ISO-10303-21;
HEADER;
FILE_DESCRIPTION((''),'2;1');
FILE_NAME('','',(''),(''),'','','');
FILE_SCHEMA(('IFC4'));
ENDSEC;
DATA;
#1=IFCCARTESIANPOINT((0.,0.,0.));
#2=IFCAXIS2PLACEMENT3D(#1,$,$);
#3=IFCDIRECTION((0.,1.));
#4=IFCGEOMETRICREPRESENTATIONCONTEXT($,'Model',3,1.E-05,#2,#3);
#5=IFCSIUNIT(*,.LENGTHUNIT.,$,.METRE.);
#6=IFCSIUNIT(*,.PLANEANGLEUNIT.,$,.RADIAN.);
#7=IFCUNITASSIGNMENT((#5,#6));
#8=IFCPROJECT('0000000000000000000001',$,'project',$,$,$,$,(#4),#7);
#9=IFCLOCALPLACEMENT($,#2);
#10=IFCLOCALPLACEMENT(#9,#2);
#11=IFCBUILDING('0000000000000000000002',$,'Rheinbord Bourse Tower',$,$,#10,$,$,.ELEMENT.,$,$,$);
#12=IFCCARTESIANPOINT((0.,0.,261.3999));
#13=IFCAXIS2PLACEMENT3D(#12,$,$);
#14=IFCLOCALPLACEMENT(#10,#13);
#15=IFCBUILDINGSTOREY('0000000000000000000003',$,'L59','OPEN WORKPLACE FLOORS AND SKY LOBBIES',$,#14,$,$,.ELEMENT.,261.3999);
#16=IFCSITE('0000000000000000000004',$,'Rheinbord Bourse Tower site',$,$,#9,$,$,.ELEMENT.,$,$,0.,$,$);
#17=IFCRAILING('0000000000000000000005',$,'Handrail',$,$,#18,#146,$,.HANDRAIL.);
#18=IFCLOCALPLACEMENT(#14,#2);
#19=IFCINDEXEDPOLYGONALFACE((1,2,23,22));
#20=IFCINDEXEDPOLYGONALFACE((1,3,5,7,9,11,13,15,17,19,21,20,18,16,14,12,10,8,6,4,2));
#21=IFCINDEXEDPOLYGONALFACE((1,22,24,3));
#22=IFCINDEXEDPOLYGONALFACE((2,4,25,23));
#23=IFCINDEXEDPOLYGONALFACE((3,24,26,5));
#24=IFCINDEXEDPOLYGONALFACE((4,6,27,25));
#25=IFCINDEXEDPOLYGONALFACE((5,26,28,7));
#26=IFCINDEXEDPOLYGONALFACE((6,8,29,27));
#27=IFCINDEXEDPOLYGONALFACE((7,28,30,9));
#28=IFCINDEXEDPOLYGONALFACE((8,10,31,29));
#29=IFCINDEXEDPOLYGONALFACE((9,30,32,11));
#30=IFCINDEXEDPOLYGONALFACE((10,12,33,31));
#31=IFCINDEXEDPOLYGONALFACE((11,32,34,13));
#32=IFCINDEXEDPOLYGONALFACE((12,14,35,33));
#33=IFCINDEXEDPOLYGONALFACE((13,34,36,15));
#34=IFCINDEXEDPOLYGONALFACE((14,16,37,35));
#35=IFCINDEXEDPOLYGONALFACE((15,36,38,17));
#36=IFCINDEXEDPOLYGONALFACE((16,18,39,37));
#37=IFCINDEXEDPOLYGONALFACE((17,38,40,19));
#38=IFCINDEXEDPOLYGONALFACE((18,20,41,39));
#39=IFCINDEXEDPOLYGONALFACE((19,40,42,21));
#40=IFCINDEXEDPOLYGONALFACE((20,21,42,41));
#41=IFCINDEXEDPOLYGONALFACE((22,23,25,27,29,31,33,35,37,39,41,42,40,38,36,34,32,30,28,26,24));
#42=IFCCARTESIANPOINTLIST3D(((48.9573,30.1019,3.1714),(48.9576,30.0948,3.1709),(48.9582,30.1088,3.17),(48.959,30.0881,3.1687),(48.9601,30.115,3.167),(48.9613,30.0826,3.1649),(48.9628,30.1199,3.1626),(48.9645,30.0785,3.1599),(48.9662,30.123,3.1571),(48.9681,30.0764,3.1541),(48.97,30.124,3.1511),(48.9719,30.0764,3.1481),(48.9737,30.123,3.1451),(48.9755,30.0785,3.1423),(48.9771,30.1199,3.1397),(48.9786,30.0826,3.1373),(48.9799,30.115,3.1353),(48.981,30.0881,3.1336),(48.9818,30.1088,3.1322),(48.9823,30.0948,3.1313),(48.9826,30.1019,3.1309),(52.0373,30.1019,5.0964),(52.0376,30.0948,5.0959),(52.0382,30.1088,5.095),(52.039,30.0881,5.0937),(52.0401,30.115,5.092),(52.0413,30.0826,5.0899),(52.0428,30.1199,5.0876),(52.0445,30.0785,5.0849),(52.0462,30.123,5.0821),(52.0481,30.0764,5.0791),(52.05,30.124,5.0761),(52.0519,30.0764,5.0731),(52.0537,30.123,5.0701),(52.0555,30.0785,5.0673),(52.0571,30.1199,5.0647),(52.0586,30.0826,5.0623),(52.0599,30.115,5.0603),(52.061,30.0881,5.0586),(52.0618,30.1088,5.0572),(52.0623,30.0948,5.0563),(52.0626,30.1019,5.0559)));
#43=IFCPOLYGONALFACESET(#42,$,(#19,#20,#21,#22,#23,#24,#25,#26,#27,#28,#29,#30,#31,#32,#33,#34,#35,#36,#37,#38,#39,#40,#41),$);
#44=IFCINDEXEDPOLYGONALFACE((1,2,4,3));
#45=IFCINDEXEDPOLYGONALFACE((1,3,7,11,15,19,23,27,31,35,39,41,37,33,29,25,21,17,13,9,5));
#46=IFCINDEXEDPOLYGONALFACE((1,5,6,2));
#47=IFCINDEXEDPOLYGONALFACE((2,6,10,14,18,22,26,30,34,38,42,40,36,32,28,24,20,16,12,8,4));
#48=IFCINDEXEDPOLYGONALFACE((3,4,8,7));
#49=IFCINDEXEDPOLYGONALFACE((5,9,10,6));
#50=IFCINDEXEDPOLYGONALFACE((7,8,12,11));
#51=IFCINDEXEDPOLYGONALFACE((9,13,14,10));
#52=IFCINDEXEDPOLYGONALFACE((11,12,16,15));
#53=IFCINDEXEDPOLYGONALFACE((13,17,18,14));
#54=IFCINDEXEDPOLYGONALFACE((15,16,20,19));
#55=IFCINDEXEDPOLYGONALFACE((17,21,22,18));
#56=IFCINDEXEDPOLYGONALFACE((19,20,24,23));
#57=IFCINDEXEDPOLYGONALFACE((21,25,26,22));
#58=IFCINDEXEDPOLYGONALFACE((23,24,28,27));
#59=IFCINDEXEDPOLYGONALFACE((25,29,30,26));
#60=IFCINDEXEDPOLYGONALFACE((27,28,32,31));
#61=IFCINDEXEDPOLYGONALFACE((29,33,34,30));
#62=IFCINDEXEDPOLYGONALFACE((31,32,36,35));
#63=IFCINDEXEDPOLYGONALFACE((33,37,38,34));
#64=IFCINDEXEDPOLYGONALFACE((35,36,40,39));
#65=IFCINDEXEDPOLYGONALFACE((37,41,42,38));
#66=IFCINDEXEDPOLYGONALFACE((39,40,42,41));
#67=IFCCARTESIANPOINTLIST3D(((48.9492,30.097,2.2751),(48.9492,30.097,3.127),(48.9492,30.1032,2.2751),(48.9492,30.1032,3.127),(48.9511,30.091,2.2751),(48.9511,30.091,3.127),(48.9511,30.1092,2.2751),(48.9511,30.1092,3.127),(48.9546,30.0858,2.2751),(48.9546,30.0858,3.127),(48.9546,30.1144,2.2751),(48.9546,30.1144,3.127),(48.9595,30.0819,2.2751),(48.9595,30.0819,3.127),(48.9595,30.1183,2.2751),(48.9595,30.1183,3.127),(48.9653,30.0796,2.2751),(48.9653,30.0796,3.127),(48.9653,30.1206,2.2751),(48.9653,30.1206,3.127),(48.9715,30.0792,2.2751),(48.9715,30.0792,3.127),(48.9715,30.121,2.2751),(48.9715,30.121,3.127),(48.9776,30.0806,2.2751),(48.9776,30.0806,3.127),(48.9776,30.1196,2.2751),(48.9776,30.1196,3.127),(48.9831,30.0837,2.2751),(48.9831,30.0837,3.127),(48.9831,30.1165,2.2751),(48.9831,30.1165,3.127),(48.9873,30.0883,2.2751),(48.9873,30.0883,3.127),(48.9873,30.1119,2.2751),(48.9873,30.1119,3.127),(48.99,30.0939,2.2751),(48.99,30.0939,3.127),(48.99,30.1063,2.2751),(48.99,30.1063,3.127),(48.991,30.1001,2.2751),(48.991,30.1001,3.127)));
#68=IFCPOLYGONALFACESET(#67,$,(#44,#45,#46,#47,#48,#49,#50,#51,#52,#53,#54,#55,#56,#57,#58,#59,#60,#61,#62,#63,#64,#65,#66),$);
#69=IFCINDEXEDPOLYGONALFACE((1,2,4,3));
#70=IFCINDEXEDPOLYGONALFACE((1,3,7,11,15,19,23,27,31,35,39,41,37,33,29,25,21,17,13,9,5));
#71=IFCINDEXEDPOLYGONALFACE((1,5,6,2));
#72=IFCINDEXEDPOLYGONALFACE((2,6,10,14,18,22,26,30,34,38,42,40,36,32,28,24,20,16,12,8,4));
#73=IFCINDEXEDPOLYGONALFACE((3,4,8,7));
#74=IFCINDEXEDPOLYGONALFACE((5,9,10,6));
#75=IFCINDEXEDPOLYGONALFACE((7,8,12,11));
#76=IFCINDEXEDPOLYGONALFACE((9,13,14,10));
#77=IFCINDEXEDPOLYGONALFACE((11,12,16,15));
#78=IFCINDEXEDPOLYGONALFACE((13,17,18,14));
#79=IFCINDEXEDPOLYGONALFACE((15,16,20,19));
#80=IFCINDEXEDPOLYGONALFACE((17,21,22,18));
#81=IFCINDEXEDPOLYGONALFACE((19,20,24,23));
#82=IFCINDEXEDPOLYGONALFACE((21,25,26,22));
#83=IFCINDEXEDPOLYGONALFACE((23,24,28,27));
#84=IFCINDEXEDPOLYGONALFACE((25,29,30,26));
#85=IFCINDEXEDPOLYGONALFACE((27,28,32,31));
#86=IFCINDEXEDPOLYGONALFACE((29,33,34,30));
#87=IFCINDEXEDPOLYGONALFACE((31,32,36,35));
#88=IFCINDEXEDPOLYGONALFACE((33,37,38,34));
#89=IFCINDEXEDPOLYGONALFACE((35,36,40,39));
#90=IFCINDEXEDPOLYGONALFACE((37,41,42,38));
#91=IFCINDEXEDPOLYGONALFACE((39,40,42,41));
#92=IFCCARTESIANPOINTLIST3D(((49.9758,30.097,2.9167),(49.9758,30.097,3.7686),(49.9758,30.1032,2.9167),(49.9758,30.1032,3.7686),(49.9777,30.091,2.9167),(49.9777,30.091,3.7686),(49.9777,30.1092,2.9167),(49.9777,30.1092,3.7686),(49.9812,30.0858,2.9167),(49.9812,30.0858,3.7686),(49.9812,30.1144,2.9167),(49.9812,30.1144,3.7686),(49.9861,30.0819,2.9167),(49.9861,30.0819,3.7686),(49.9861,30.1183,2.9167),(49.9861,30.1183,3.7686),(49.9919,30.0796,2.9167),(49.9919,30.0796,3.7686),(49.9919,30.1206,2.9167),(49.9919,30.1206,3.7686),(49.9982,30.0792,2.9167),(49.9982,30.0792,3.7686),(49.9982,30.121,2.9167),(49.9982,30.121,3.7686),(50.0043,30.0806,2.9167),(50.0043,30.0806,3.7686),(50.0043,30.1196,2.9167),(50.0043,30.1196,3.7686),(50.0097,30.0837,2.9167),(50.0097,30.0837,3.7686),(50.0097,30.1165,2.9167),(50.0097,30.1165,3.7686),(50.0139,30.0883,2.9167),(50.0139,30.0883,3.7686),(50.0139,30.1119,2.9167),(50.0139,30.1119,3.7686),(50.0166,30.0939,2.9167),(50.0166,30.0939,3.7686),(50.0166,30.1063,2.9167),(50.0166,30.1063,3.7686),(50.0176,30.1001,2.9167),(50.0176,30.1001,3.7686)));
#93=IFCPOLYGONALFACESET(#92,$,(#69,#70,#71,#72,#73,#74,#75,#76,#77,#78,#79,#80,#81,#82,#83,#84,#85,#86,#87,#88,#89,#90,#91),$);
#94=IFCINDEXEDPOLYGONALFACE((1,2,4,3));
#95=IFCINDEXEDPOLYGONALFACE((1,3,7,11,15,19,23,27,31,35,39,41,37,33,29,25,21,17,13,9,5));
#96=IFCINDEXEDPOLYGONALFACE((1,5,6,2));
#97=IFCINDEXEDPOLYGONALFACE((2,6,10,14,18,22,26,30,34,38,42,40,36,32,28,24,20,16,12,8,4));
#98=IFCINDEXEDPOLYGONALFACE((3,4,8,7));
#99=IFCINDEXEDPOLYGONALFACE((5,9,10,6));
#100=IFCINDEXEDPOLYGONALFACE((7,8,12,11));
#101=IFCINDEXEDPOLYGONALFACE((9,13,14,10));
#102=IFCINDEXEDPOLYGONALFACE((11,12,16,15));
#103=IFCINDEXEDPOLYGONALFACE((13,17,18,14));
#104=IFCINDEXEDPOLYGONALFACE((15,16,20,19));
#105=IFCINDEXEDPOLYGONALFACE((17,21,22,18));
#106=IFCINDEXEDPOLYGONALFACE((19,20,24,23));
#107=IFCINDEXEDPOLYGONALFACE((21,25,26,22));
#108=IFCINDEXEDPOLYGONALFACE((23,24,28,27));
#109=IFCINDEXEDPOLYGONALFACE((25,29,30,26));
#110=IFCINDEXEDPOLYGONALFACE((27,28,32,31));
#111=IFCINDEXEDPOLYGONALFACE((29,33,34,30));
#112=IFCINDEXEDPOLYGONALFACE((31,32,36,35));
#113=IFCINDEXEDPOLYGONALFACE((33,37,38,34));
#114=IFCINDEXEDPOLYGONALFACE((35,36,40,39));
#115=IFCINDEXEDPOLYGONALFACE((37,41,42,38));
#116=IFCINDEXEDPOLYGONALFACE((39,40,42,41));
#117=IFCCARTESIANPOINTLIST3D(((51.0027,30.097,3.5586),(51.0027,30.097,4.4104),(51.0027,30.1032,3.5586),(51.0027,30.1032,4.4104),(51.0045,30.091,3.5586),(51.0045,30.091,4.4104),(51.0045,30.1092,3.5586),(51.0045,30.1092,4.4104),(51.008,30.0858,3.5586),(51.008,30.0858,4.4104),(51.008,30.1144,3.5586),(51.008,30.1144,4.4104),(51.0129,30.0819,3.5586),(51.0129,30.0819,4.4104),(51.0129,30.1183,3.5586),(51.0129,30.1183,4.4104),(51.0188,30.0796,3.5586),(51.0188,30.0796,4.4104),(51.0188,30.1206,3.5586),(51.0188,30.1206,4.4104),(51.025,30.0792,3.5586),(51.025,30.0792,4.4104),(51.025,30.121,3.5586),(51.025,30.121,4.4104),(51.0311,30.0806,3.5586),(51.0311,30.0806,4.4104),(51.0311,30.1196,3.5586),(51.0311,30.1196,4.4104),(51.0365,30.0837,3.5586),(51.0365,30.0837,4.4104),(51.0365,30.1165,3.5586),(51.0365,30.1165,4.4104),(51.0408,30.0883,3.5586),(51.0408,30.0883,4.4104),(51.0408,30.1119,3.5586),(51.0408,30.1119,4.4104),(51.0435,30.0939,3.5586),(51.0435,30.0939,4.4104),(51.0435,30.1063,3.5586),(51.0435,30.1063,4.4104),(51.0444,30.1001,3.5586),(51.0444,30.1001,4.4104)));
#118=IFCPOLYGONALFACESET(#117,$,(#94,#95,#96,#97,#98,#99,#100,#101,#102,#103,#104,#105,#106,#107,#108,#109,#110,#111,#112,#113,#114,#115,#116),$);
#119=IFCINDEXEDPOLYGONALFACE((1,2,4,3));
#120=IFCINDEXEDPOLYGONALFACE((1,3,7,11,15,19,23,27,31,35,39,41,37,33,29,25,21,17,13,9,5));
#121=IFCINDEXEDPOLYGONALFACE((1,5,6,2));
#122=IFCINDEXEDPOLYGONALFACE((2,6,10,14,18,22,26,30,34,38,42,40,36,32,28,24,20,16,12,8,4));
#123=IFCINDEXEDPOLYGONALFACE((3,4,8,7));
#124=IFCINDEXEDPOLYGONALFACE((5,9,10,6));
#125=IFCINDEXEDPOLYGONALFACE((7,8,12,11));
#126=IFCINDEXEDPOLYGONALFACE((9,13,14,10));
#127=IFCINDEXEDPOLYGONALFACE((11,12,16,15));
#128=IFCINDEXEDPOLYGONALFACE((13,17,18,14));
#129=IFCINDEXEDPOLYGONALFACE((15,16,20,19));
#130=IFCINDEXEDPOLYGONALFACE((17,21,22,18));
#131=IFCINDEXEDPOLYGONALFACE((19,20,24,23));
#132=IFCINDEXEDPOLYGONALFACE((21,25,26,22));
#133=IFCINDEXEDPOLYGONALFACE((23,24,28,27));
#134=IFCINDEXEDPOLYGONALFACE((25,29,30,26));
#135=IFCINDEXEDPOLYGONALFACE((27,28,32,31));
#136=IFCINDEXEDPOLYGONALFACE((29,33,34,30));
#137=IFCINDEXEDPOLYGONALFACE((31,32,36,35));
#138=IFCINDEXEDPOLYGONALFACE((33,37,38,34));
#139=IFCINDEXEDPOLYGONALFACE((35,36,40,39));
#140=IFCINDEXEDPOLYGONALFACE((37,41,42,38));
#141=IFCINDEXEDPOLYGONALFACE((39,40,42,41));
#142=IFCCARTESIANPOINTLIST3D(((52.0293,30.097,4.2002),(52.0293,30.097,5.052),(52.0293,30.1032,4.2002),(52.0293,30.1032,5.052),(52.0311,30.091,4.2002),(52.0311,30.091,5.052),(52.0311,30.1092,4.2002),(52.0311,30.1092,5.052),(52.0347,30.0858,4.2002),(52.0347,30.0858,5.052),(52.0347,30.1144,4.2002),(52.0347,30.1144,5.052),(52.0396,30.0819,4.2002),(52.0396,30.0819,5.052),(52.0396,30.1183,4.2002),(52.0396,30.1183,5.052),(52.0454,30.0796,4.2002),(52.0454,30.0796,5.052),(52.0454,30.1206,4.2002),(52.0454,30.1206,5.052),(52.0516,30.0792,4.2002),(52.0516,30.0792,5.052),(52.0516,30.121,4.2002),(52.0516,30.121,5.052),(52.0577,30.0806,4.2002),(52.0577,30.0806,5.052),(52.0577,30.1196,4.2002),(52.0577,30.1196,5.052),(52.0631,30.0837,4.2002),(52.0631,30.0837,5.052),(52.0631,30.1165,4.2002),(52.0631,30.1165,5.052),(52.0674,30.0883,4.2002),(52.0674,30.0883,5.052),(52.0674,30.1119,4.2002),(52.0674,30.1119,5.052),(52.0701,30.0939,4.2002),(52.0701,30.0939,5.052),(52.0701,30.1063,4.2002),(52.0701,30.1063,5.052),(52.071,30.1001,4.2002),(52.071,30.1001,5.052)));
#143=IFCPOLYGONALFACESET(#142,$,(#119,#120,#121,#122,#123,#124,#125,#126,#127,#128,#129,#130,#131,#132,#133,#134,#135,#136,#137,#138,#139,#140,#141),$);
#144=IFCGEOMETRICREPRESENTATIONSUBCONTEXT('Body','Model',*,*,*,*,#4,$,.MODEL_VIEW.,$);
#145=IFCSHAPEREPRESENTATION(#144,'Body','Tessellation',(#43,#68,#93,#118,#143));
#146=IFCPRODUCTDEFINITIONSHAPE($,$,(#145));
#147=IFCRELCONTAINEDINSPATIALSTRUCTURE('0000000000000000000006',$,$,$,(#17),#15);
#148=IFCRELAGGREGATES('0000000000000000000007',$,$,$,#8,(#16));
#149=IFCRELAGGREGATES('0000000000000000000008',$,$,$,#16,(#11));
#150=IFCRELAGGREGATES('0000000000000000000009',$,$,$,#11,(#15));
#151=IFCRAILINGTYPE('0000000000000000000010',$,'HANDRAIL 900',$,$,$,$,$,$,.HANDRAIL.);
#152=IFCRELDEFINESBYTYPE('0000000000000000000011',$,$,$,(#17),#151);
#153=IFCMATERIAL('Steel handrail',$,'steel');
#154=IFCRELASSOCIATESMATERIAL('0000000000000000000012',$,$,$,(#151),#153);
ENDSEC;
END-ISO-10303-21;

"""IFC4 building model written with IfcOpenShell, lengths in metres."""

from ifc_helpers import new_model, si_unit, direction, frame, origin, origin_2d, place, context, subcontext, project, spatial, circle, extrude, material, type_object, element, save


model = new_model("IFC4")

# Units and contexts
model_context = context("Model", 3, precision=1e-05, world=origin(), true_north=direction((0.0, 1.0)))
body_context = subcontext(model_context, "Body", "Model", "MODEL_VIEW")
ifc_project = project(units=[si_unit("LENGTHUNIT", "METRE"), si_unit("PLANEANGLEUNIT", "RADIAN")], contexts=[model_context])

# Site, building, storey
site_placement = place(None, origin())
site = spatial("IfcSite", under=ifc_project, at=site_placement, Name="Rheinbord Bourse Tower site", CompositionType="ELEMENT", RefElevation=0.0)
building_placement = place(site_placement, origin())
building = spatial("IfcBuilding", under=site, at=building_placement, Name="Rheinbord Bourse Tower", CompositionType="ELEMENT")
storey_placement = place(building_placement, frame((0.0, 0.0, 261.3999)))
storey = spatial("IfcBuildingStorey", under=building, at=storey_placement, Name="L59", Description="OPEN WORKPLACE FLOORS AND SKY LOBBIES", CompositionType="ELEMENT", Elevation=261.3999)

# Railing
ifc_material_1 = material(Name="Steel handrail", Category="steel")
railing_type = type_object("IfcRailingType", Name="HANDRAIL 900", PredefinedType="HANDRAIL", material=ifc_material_1)
railing_1_placement = place(storey_placement, frame((48.97, 30.1001, 2.2751)))
element("IfcRailing", 1, at=railing_1_placement, inside=storey, type_object=railing_type, Name="Handrail", PredefinedType="HANDRAIL", context=body_context, shape_type="SweptSolid", body=[
    extrude(circle(Radius=0.0239, at=origin_2d()), frame((0.0, 0.0, 0.876), z_axis=(0.847998, 0.0, 0.529999), x_axis=(0.0, 1.0, 0.0)), (0.0, 0.0, 1.0), 3.6321),
    extrude(circle(Radius=0.021, at=origin_2d()), origin(), (0.0, 0.0, 1.0), 0.8518),
    extrude(circle(Radius=0.021, at=origin_2d()), frame((1.0266, 0.0, 0.6416)), (0.0, 0.0, 1.0), 0.8518),
    extrude(circle(Radius=0.021, at=origin_2d()), frame((2.0535, 0.0, 1.2834)), (0.0, 0.0, 1.0), 0.8518),
    extrude(circle(Radius=0.021, at=origin_2d()), frame((3.0801, 0.0, 1.925)), (0.0, 0.0, 1.0), 0.8518),
])

save(model, "model.ifc")
